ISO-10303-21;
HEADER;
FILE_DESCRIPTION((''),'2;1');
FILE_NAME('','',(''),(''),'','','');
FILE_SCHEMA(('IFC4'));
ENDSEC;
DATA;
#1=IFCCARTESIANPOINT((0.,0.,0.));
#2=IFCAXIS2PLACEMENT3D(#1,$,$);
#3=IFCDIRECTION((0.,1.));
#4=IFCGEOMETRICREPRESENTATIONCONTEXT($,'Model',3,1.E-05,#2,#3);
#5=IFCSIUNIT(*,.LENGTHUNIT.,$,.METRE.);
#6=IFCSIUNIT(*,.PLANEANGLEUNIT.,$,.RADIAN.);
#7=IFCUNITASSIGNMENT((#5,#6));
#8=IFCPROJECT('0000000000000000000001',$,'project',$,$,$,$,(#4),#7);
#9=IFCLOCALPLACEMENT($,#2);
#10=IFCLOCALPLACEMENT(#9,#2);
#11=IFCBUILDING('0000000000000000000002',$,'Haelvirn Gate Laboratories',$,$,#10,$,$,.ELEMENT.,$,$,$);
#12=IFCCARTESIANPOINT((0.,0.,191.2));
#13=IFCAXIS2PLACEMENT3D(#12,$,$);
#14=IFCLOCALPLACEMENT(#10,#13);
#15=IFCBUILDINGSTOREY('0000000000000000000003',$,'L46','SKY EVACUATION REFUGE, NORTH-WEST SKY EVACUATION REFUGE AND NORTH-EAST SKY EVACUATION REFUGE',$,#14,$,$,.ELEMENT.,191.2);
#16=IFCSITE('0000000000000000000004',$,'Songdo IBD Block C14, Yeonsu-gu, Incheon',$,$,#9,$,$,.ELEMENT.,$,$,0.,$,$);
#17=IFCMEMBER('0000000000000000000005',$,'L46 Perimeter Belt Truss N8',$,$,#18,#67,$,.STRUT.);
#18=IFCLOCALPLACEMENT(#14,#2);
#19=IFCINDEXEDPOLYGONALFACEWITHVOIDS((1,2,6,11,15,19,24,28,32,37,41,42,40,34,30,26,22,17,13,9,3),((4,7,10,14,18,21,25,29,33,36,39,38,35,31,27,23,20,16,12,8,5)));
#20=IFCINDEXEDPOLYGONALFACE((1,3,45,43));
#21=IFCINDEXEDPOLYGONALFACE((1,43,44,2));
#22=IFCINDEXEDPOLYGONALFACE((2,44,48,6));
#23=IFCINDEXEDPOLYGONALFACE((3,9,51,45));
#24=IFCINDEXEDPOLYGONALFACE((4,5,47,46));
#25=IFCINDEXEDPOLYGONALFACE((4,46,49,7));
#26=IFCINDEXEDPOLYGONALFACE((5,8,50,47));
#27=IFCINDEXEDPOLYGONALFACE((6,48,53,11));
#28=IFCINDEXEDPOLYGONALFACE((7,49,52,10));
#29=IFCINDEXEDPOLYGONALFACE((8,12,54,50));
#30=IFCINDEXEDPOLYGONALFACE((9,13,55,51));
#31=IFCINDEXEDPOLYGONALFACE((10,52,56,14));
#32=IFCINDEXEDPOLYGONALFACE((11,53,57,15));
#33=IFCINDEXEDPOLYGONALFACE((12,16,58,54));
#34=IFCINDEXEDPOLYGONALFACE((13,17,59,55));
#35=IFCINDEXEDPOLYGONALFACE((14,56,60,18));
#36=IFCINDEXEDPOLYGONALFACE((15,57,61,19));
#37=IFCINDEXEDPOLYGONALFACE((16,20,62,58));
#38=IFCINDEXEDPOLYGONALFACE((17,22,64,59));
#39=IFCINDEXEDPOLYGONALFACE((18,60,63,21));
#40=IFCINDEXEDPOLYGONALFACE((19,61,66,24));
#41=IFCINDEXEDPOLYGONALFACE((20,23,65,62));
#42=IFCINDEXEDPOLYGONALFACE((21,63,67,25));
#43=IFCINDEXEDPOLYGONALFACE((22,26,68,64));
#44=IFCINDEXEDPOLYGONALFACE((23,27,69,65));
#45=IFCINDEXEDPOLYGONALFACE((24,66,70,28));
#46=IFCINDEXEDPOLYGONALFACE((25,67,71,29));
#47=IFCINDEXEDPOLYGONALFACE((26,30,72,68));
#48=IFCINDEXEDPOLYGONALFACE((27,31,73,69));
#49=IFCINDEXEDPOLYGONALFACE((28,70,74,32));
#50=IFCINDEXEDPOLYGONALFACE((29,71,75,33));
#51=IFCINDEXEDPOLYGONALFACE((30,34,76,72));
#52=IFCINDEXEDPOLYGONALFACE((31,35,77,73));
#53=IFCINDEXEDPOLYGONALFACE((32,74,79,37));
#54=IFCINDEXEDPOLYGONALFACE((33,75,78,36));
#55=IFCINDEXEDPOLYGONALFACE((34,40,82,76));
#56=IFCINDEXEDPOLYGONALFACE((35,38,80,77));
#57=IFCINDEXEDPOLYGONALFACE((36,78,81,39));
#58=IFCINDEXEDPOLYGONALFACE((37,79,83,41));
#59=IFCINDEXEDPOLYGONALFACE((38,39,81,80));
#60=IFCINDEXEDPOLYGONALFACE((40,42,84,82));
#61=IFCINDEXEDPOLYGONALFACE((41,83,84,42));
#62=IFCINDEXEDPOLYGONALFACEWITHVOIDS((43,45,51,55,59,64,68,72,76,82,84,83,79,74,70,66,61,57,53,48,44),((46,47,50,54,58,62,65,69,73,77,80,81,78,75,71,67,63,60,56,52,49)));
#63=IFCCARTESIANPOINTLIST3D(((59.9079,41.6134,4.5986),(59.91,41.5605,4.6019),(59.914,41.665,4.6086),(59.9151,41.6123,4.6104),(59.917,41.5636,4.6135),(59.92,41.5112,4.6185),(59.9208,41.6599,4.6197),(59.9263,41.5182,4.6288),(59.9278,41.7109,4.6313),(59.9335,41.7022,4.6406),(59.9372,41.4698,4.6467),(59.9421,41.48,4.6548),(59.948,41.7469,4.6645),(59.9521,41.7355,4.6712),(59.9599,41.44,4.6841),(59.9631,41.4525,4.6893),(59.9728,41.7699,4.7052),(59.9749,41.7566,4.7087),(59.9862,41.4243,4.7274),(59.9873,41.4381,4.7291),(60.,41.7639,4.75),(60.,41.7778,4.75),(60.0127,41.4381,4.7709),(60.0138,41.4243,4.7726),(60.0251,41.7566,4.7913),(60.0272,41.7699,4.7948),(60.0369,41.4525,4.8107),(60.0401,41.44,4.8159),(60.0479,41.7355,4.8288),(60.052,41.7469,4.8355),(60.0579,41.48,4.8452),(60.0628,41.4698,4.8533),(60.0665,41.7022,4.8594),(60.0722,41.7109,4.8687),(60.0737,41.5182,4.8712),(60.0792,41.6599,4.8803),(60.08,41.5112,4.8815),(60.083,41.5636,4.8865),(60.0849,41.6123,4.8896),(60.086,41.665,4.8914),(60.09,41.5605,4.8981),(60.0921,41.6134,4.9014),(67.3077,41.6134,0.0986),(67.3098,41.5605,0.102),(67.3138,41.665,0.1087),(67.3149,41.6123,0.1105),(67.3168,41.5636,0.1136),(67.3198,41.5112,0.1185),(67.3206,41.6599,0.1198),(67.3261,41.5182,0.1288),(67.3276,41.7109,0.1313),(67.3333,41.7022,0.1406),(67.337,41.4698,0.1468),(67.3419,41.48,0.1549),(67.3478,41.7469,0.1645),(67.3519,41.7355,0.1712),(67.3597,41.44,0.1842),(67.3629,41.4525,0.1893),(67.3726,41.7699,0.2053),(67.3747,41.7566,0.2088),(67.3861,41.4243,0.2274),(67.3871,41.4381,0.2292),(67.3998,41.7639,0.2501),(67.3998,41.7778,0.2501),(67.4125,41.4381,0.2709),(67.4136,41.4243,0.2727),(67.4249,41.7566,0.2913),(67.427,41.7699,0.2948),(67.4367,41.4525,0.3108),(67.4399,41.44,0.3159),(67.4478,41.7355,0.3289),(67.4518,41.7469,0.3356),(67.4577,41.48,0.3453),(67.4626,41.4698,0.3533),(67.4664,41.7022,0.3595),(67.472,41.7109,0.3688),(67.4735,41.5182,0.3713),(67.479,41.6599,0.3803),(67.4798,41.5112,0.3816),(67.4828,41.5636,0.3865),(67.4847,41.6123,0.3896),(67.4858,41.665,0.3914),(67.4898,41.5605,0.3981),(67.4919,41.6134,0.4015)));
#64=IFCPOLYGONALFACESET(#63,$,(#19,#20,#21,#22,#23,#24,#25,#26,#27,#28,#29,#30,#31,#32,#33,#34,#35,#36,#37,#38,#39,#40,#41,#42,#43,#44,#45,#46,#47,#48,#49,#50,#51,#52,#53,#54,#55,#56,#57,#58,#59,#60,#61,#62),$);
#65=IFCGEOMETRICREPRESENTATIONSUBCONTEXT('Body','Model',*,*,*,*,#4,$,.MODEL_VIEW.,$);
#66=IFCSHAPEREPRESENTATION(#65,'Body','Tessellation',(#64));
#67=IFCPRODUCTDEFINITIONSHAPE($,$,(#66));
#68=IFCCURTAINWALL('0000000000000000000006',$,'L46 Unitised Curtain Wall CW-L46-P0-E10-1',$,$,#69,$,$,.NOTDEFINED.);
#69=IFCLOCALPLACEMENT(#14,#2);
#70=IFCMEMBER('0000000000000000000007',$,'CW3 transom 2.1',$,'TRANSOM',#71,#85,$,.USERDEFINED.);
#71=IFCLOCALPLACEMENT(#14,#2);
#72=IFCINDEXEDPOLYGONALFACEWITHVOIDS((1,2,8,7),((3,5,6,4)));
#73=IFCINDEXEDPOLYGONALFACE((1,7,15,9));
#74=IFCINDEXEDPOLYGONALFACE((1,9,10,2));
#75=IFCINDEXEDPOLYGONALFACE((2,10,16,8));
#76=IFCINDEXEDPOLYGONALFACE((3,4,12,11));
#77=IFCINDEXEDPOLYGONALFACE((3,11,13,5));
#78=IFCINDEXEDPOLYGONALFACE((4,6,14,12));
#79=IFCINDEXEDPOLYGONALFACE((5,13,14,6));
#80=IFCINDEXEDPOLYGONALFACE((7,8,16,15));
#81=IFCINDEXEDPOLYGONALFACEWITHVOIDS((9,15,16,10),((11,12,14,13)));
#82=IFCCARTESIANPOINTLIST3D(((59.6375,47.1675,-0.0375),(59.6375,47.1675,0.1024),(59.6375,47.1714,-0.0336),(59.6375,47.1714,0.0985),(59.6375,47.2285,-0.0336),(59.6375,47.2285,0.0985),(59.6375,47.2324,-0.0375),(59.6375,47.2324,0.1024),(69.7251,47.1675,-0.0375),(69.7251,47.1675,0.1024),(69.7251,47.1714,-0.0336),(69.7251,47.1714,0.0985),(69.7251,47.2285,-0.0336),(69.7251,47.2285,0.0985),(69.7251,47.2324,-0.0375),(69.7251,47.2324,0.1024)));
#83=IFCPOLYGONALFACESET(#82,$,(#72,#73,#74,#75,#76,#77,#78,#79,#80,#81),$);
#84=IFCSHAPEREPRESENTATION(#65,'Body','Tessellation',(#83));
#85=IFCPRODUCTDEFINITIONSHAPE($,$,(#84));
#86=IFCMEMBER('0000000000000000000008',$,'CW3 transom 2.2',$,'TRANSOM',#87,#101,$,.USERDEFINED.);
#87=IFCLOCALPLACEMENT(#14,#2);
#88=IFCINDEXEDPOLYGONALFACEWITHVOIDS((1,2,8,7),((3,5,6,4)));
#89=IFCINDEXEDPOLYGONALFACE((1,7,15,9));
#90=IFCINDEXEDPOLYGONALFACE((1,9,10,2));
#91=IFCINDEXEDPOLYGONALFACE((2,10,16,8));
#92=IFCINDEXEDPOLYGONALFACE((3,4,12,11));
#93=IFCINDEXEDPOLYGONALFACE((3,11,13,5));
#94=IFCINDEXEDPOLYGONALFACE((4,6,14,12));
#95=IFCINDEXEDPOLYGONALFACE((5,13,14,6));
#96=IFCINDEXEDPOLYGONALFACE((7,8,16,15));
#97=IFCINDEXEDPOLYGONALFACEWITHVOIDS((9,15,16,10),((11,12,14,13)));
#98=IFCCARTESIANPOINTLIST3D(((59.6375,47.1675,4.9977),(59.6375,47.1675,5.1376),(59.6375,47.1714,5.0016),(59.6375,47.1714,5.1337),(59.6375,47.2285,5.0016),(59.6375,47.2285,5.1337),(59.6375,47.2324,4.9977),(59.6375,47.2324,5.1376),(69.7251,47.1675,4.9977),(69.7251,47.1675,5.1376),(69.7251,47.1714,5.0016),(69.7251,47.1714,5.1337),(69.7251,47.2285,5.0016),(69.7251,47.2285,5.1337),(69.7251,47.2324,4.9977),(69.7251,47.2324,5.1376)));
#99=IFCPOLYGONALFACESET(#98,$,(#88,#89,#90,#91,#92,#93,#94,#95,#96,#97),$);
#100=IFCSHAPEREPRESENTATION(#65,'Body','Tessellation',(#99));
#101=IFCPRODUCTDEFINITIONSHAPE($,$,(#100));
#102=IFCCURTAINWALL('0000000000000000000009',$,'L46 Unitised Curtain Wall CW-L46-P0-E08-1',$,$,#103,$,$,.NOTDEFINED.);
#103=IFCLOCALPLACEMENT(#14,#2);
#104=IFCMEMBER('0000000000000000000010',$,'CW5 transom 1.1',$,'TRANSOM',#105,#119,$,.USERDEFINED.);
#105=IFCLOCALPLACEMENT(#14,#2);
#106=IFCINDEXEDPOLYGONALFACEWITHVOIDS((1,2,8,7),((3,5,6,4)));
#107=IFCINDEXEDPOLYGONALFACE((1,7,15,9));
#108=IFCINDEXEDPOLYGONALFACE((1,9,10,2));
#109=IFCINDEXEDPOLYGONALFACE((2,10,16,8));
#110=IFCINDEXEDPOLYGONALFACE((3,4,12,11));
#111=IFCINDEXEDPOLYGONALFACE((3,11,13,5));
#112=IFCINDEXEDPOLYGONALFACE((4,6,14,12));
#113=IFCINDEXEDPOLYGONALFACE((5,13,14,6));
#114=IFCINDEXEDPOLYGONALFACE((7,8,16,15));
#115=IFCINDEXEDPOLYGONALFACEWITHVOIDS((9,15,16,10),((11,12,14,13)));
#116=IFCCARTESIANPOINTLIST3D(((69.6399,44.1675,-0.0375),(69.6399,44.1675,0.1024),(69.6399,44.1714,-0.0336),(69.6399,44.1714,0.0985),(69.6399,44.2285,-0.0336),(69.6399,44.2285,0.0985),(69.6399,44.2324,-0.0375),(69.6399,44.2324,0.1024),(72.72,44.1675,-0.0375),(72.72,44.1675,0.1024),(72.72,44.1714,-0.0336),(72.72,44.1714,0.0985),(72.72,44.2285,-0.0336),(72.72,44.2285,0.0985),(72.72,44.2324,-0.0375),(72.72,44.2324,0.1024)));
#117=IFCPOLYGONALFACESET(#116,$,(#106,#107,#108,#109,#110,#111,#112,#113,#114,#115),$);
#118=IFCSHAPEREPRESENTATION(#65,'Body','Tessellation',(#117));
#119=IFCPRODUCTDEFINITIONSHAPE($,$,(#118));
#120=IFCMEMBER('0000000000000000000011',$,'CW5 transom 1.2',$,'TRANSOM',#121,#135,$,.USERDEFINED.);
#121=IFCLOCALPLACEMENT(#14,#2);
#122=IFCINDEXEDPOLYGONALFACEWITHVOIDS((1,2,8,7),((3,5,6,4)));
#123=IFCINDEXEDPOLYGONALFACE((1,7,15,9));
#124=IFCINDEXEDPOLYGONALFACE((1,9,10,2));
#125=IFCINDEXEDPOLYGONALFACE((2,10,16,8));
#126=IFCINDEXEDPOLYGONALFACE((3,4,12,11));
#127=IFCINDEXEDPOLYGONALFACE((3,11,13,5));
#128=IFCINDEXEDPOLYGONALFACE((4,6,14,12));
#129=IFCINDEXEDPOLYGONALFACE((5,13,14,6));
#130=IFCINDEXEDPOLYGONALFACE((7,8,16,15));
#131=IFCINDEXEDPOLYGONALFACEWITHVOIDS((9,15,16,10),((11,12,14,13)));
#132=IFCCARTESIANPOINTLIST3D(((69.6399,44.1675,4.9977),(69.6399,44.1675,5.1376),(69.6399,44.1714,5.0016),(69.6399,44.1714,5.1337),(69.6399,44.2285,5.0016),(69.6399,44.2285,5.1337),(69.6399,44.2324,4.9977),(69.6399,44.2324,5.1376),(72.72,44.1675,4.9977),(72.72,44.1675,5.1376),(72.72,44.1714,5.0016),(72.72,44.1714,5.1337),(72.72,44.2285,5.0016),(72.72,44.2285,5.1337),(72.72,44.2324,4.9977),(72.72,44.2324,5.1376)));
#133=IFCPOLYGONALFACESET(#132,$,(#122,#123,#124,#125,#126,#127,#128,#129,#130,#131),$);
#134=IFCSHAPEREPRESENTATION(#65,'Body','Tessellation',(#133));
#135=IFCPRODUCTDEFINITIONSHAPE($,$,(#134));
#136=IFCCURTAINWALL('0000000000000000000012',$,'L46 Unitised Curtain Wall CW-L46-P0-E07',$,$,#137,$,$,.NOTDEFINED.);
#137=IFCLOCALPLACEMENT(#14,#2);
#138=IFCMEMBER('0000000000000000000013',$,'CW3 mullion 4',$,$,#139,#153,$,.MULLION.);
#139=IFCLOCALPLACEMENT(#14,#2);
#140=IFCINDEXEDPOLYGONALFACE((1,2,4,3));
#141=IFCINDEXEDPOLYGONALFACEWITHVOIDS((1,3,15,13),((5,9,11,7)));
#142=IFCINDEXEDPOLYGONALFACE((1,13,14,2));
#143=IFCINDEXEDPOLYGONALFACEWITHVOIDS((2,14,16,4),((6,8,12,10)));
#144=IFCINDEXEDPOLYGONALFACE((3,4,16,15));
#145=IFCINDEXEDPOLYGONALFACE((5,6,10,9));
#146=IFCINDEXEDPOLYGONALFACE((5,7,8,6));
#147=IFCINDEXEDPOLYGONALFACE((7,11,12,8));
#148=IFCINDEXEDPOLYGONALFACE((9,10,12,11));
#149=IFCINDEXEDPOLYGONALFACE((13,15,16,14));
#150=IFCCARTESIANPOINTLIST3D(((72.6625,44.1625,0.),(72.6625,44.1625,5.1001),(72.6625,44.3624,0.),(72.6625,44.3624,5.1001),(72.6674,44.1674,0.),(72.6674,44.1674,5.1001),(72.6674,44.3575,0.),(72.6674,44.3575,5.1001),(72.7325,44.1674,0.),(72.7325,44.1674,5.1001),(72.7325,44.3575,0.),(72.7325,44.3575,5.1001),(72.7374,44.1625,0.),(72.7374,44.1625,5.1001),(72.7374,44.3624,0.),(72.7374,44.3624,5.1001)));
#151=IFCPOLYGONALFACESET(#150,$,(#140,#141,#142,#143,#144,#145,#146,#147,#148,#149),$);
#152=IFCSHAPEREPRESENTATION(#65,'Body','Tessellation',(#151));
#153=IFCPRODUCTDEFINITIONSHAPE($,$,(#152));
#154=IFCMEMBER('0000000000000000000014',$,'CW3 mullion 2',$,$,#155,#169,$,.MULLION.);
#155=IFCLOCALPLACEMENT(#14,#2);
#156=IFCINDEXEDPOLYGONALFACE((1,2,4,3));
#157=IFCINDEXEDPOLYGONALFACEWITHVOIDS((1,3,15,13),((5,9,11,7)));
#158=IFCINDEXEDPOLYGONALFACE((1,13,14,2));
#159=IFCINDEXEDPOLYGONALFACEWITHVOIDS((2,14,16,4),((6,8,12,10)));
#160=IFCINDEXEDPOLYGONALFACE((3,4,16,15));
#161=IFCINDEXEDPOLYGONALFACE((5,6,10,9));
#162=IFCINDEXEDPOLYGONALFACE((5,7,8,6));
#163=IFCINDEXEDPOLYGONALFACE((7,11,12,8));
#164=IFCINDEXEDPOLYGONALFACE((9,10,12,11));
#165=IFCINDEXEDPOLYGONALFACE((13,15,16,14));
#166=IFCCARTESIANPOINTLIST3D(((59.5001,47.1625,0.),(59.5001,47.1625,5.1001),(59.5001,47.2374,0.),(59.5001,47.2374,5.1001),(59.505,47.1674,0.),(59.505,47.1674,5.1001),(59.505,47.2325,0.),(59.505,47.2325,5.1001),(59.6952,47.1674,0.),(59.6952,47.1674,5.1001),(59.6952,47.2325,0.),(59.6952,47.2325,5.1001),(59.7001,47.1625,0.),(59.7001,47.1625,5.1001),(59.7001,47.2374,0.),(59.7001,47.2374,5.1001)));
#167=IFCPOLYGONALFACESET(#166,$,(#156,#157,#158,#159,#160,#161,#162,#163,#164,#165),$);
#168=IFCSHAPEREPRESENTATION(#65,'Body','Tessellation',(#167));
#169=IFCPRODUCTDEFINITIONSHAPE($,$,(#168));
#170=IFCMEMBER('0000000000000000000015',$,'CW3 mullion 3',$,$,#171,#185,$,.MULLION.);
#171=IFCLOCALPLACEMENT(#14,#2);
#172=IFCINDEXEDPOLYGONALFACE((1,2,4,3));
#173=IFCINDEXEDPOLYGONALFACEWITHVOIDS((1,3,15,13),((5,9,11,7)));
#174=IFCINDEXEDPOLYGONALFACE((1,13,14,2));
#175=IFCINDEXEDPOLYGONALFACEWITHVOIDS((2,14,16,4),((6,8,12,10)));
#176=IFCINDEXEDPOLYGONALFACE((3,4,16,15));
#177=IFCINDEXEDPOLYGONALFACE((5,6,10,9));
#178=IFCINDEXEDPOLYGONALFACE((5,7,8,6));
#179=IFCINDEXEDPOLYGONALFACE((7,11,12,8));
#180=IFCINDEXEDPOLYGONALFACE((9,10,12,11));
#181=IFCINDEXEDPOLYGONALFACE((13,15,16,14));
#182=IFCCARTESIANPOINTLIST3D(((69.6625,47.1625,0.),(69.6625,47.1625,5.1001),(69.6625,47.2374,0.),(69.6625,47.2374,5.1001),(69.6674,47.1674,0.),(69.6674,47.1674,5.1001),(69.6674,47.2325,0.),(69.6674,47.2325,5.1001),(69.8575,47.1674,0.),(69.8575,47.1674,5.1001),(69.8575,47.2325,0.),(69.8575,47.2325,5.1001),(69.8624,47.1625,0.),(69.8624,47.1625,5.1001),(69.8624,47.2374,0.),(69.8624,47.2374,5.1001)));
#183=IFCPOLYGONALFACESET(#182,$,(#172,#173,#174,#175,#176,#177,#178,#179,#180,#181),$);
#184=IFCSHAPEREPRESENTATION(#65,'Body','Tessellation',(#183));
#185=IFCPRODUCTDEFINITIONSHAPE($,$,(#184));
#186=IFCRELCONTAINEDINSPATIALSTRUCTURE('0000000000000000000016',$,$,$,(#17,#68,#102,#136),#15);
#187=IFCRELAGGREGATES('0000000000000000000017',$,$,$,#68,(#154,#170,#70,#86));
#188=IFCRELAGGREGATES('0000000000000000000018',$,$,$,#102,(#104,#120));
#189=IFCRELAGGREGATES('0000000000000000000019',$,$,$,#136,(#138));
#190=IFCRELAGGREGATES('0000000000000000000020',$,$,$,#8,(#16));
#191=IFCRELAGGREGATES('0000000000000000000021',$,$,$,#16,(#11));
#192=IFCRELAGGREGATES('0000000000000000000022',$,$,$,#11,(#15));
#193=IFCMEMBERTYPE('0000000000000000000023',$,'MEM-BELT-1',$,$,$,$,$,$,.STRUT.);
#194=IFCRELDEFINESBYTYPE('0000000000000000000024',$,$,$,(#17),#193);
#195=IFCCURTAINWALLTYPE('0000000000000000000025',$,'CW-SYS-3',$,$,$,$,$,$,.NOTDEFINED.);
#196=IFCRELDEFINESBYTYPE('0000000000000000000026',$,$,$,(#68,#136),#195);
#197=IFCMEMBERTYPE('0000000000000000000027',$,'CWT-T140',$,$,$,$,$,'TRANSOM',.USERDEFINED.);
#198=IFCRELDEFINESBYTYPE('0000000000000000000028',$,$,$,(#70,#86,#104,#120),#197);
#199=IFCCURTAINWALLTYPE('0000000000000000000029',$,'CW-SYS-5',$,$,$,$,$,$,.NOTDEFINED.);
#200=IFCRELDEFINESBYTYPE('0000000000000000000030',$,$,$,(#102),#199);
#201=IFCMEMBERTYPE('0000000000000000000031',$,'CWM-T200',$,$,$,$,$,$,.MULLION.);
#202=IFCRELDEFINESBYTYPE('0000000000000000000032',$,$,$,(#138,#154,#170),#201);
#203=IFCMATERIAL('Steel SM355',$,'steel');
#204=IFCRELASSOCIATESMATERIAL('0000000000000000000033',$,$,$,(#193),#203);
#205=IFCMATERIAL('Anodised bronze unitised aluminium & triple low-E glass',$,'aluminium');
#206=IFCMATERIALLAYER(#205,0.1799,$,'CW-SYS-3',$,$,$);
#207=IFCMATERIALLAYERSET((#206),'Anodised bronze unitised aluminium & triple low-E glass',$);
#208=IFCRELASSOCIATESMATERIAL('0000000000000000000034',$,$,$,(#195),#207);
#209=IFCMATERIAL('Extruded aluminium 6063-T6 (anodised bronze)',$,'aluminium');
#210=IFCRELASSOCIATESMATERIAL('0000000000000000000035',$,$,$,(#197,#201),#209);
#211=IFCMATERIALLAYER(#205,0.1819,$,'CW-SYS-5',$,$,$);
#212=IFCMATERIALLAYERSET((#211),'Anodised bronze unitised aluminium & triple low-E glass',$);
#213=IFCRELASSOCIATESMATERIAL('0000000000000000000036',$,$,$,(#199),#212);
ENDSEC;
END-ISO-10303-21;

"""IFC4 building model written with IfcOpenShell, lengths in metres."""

from ifc_helpers import new_model, si_unit, direction, frame, origin, origin_2d, place, context, subcontext, project, spatial, hollow_rectangle, hollow_circle, extrude, source, transform, mapped, material, layer, layer_set, material_profile, profile_set, type_object, type_shapes, element, aggregate, save


model = new_model("IFC4")

# Units and contexts
model_context = context("Model", 3, precision=1e-05, world=origin(), true_north=direction((0.0, 1.0)))
body_context = subcontext(model_context, "Body", "Model", "MODEL_VIEW")
ifc_project = project(units=[si_unit("LENGTHUNIT", "METRE"), si_unit("PLANEANGLEUNIT", "RADIAN")], contexts=[model_context])

# Site, building, storey
site_placement = place(None, origin())
site = spatial("IfcSite", under=ifc_project, at=site_placement, Name="Songdo IBD Block C14, Yeonsu-gu, Incheon", CompositionType="ELEMENT", RefElevation=0.0)
building_placement = place(site_placement, origin())
building = spatial("IfcBuilding", under=site, at=building_placement, Name="Haelvirn Gate Laboratories", CompositionType="ELEMENT")
storey_placement = place(building_placement, frame((0.0, 0.0, 191.2)))
storey = spatial("IfcBuildingStorey", under=building, at=storey_placement, Name="L46", Description="SKY EVACUATION REFUGE, NORTH-WEST SKY EVACUATION REFUGE AND NORTH-EAST SKY EVACUATION REFUGE", CompositionType="ELEMENT", Elevation=191.2)

# Shared definitions
ifc_material_1 = material(Name="Steel SM355", Category="steel")

# Member
ifc_material_profile_1 = material_profile(ifc_material_1, hollow_circle(Radius=0.1777, WallThickness=0.0139, at=origin_2d()), Name="CHS-355x14")
ifc_profile_set_1 = profile_set([ifc_material_profile_1], Name="Steel SM355")
member_type_1 = type_object("IfcMemberType", Name="MEM-BELT-1", PredefinedType="STRUT", material=ifc_profile_set_1)
shared_shape_1 = source(origin(), body_context, "Body", "SweptSolid", [
    extrude(hollow_circle(Radius=0.1777, WallThickness=0.0139, at=origin_2d()), origin(), (0.0, 0.0, 1.0), 8.6606),
])
type_shapes(member_type_1, [shared_shape_1])
member_1_placement = place(storey_placement, frame((60.0, 41.6001, 4.75), z_axis=(0.854418, 0.0, -0.519586), x_axis=(0.0, 1.0, 0.0)))
element("IfcMember", 1, at=member_1_placement, inside=storey, type_object=member_type_1, Name="L46 Perimeter Belt Truss N8", PredefinedType="STRUT", context=body_context, shape_type="MappedRepresentation", body=[
    mapped(shared_shape_1, transform((0.0, 0.0, 0.0), scale=1.0)),
])

# Curtain walls, members
ifc_material_2 = material(Name="Anodised bronze unitised aluminium & triple low-E glass", Category="aluminium")
ifc_layer_1 = layer(ifc_material_2, 0.1799, Name="CW-SYS-3")
ifc_layer_set_1 = layer_set([ifc_layer_1], Name="Anodised bronze unitised aluminium & triple low-E glass")
curtain_wall_type_1 = type_object("IfcCurtainWallType", Name="CW-SYS-3", PredefinedType="NOTDEFINED", material=ifc_layer_set_1)
curtain_wall_1_placement = place(storey_placement, origin())
curtain_wall_1 = element("IfcCurtainWall", 2, at=curtain_wall_1_placement, inside=storey, type_object=curtain_wall_type_1, Name="L46 Unitised Curtain Wall CW-L46-P0-E10-1", PredefinedType="NOTDEFINED")
ifc_material_3 = material(Name="Extruded aluminium 6063-T6 (anodised bronze)", Category="aluminium")
ifc_material_profile_2 = material_profile(ifc_material_3, hollow_rectangle(XDim=0.0649, YDim=0.1399, WallThickness=0.0039, at=origin_2d()), Name="CWT-140x65x4")
ifc_profile_set_2 = profile_set([ifc_material_profile_2], Name="Extruded aluminium 6063-T6 (anodised bronze)")
member_type_2 = type_object("IfcMemberType", Name="CWT-T140", ElementType="TRANSOM", PredefinedType="USERDEFINED", material=ifc_profile_set_2)
shared_shape_2 = source(origin(), body_context, "Body", "SweptSolid", [
    extrude(hollow_rectangle(XDim=0.0649, YDim=0.1399, WallThickness=0.0039, at=origin_2d()), origin(), (0.0, 0.0, 1.0), 10.0876),
])
member_2_placement = place(storey_placement, frame((59.6375, 47.2, 0.0325), z_axis=(1.0, 0.0, 0.0), x_axis=(0.0, 1.0, 0.0)))
member_2 = element("IfcMember", 3, at=member_2_placement, type_object=member_type_2, Name="CW3 transom 2.1", ObjectType="TRANSOM", PredefinedType="USERDEFINED", context=body_context, shape_type="MappedRepresentation", body=[
    mapped(shared_shape_2, transform((0.0, 0.0, 0.0), scale=1.0)),
])
member_3_placement = place(storey_placement, frame((59.6375, 47.2, 5.0676), z_axis=(1.0, 0.0, 0.0), x_axis=(0.0, 1.0, 0.0)))
member_3 = element("IfcMember", 4, at=member_3_placement, type_object=member_type_2, Name="CW3 transom 2.2", ObjectType="TRANSOM", PredefinedType="USERDEFINED", context=body_context, shape_type="MappedRepresentation", body=[
    mapped(shared_shape_2, transform((0.0, 0.0, 0.0), scale=1.0)),
])
ifc_layer_2 = layer(ifc_material_2, 0.1819, Name="CW-SYS-5")
ifc_layer_set_2 = layer_set([ifc_layer_2], Name="Anodised bronze unitised aluminium & triple low-E glass")
curtain_wall_type_2 = type_object("IfcCurtainWallType", Name="CW-SYS-5", PredefinedType="NOTDEFINED", material=ifc_layer_set_2)
curtain_wall_2_placement = place(storey_placement, origin())
curtain_wall_2 = element("IfcCurtainWall", 5, at=curtain_wall_2_placement, inside=storey, type_object=curtain_wall_type_2, Name="L46 Unitised Curtain Wall CW-L46-P0-E08-1", PredefinedType="NOTDEFINED")
shared_shape_3 = source(origin(), body_context, "Body", "SweptSolid", [
    extrude(hollow_rectangle(XDim=0.0649, YDim=0.1399, WallThickness=0.0039, at=origin_2d()), origin(), (0.0, 0.0, 1.0), 3.0801),
])
type_shapes(member_type_2, [shared_shape_2, shared_shape_3])
member_4_placement = place(storey_placement, frame((69.6399, 44.2, 0.0325), z_axis=(1.0, 0.0, 0.0), x_axis=(0.0, 1.0, 0.0)))
member_4 = element("IfcMember", 6, at=member_4_placement, type_object=member_type_2, Name="CW5 transom 1.1", ObjectType="TRANSOM", PredefinedType="USERDEFINED", context=body_context, shape_type="MappedRepresentation", body=[
    mapped(shared_shape_3, transform((0.0, 0.0, 0.0), scale=1.0)),
])
member_5_placement = place(storey_placement, frame((69.6399, 44.2, 5.0676), z_axis=(1.0, 0.0, 0.0), x_axis=(0.0, 1.0, 0.0)))
member_5 = element("IfcMember", 7, at=member_5_placement, type_object=member_type_2, Name="CW5 transom 1.2", ObjectType="TRANSOM", PredefinedType="USERDEFINED", context=body_context, shape_type="MappedRepresentation", body=[
    mapped(shared_shape_3, transform((0.0, 0.0, 0.0), scale=1.0)),
])

# Curtain wall, member
curtain_wall_3_placement = place(storey_placement, origin())
curtain_wall_3 = element("IfcCurtainWall", 8, at=curtain_wall_3_placement, inside=storey, type_object=curtain_wall_type_1, Name="L46 Unitised Curtain Wall CW-L46-P0-E07", PredefinedType="NOTDEFINED")
ifc_material_profile_3 = material_profile(ifc_material_3, hollow_rectangle(XDim=0.075, YDim=0.2, WallThickness=0.0049, at=origin_2d()), Name="CWM-200x75x5")
ifc_profile_set_3 = profile_set([ifc_material_profile_3], Name="Extruded aluminium 6063-T6 (anodised bronze)")
member_type_3 = type_object("IfcMemberType", Name="CWM-T200", PredefinedType="MULLION", material=ifc_profile_set_3)
shared_shape_4 = source(origin(), body_context, "Body", "SweptSolid", [
    extrude(hollow_rectangle(XDim=0.075, YDim=0.2, WallThickness=0.0049, at=origin_2d()), origin(), (0.0, 0.0, 1.0), 5.1001),
])
type_shapes(member_type_3, [shared_shape_4])
member_6_placement = place(storey_placement, frame((72.7, 44.2625, 0.0), z_axis=(0.0, 0.0, 1.0), x_axis=(-1.0, 0.0, 0.0)))
member_6 = element("IfcMember", 9, at=member_6_placement, type_object=member_type_3, Name="CW3 mullion 4", PredefinedType="MULLION", context=body_context, shape_type="MappedRepresentation", body=[
    mapped(shared_shape_4, transform((0.0, 0.0, 0.0), scale=1.0)),
])

# Members
member_7_placement = place(storey_placement, frame((59.6001, 47.2, 0.0), z_axis=(0.0, 0.0, 1.0), x_axis=(0.0, 1.0, 0.0)))
member_7 = element("IfcMember", 10, at=member_7_placement, type_object=member_type_3, Name="CW3 mullion 2", PredefinedType="MULLION", context=body_context, shape_type="MappedRepresentation", body=[
    mapped(shared_shape_4, transform((0.0, 0.0, 0.0), scale=1.0)),
])
member_8_placement = place(storey_placement, frame((69.7625, 47.2, 0.0), z_axis=(0.0, 0.0, 1.0), x_axis=(0.0, 1.0, 0.0)))
member_8 = element("IfcMember", 11, at=member_8_placement, type_object=member_type_3, Name="CW3 mullion 3", PredefinedType="MULLION", context=body_context, shape_type="MappedRepresentation", body=[
    mapped(shared_shape_4, transform((0.0, 0.0, 0.0), scale=1.0)),
])

aggregate(curtain_wall_1, [member_7, member_8, member_2, member_3])
aggregate(curtain_wall_2, [member_4, member_5])
aggregate(curtain_wall_3, [member_6])

save(model, "model.ifc")
